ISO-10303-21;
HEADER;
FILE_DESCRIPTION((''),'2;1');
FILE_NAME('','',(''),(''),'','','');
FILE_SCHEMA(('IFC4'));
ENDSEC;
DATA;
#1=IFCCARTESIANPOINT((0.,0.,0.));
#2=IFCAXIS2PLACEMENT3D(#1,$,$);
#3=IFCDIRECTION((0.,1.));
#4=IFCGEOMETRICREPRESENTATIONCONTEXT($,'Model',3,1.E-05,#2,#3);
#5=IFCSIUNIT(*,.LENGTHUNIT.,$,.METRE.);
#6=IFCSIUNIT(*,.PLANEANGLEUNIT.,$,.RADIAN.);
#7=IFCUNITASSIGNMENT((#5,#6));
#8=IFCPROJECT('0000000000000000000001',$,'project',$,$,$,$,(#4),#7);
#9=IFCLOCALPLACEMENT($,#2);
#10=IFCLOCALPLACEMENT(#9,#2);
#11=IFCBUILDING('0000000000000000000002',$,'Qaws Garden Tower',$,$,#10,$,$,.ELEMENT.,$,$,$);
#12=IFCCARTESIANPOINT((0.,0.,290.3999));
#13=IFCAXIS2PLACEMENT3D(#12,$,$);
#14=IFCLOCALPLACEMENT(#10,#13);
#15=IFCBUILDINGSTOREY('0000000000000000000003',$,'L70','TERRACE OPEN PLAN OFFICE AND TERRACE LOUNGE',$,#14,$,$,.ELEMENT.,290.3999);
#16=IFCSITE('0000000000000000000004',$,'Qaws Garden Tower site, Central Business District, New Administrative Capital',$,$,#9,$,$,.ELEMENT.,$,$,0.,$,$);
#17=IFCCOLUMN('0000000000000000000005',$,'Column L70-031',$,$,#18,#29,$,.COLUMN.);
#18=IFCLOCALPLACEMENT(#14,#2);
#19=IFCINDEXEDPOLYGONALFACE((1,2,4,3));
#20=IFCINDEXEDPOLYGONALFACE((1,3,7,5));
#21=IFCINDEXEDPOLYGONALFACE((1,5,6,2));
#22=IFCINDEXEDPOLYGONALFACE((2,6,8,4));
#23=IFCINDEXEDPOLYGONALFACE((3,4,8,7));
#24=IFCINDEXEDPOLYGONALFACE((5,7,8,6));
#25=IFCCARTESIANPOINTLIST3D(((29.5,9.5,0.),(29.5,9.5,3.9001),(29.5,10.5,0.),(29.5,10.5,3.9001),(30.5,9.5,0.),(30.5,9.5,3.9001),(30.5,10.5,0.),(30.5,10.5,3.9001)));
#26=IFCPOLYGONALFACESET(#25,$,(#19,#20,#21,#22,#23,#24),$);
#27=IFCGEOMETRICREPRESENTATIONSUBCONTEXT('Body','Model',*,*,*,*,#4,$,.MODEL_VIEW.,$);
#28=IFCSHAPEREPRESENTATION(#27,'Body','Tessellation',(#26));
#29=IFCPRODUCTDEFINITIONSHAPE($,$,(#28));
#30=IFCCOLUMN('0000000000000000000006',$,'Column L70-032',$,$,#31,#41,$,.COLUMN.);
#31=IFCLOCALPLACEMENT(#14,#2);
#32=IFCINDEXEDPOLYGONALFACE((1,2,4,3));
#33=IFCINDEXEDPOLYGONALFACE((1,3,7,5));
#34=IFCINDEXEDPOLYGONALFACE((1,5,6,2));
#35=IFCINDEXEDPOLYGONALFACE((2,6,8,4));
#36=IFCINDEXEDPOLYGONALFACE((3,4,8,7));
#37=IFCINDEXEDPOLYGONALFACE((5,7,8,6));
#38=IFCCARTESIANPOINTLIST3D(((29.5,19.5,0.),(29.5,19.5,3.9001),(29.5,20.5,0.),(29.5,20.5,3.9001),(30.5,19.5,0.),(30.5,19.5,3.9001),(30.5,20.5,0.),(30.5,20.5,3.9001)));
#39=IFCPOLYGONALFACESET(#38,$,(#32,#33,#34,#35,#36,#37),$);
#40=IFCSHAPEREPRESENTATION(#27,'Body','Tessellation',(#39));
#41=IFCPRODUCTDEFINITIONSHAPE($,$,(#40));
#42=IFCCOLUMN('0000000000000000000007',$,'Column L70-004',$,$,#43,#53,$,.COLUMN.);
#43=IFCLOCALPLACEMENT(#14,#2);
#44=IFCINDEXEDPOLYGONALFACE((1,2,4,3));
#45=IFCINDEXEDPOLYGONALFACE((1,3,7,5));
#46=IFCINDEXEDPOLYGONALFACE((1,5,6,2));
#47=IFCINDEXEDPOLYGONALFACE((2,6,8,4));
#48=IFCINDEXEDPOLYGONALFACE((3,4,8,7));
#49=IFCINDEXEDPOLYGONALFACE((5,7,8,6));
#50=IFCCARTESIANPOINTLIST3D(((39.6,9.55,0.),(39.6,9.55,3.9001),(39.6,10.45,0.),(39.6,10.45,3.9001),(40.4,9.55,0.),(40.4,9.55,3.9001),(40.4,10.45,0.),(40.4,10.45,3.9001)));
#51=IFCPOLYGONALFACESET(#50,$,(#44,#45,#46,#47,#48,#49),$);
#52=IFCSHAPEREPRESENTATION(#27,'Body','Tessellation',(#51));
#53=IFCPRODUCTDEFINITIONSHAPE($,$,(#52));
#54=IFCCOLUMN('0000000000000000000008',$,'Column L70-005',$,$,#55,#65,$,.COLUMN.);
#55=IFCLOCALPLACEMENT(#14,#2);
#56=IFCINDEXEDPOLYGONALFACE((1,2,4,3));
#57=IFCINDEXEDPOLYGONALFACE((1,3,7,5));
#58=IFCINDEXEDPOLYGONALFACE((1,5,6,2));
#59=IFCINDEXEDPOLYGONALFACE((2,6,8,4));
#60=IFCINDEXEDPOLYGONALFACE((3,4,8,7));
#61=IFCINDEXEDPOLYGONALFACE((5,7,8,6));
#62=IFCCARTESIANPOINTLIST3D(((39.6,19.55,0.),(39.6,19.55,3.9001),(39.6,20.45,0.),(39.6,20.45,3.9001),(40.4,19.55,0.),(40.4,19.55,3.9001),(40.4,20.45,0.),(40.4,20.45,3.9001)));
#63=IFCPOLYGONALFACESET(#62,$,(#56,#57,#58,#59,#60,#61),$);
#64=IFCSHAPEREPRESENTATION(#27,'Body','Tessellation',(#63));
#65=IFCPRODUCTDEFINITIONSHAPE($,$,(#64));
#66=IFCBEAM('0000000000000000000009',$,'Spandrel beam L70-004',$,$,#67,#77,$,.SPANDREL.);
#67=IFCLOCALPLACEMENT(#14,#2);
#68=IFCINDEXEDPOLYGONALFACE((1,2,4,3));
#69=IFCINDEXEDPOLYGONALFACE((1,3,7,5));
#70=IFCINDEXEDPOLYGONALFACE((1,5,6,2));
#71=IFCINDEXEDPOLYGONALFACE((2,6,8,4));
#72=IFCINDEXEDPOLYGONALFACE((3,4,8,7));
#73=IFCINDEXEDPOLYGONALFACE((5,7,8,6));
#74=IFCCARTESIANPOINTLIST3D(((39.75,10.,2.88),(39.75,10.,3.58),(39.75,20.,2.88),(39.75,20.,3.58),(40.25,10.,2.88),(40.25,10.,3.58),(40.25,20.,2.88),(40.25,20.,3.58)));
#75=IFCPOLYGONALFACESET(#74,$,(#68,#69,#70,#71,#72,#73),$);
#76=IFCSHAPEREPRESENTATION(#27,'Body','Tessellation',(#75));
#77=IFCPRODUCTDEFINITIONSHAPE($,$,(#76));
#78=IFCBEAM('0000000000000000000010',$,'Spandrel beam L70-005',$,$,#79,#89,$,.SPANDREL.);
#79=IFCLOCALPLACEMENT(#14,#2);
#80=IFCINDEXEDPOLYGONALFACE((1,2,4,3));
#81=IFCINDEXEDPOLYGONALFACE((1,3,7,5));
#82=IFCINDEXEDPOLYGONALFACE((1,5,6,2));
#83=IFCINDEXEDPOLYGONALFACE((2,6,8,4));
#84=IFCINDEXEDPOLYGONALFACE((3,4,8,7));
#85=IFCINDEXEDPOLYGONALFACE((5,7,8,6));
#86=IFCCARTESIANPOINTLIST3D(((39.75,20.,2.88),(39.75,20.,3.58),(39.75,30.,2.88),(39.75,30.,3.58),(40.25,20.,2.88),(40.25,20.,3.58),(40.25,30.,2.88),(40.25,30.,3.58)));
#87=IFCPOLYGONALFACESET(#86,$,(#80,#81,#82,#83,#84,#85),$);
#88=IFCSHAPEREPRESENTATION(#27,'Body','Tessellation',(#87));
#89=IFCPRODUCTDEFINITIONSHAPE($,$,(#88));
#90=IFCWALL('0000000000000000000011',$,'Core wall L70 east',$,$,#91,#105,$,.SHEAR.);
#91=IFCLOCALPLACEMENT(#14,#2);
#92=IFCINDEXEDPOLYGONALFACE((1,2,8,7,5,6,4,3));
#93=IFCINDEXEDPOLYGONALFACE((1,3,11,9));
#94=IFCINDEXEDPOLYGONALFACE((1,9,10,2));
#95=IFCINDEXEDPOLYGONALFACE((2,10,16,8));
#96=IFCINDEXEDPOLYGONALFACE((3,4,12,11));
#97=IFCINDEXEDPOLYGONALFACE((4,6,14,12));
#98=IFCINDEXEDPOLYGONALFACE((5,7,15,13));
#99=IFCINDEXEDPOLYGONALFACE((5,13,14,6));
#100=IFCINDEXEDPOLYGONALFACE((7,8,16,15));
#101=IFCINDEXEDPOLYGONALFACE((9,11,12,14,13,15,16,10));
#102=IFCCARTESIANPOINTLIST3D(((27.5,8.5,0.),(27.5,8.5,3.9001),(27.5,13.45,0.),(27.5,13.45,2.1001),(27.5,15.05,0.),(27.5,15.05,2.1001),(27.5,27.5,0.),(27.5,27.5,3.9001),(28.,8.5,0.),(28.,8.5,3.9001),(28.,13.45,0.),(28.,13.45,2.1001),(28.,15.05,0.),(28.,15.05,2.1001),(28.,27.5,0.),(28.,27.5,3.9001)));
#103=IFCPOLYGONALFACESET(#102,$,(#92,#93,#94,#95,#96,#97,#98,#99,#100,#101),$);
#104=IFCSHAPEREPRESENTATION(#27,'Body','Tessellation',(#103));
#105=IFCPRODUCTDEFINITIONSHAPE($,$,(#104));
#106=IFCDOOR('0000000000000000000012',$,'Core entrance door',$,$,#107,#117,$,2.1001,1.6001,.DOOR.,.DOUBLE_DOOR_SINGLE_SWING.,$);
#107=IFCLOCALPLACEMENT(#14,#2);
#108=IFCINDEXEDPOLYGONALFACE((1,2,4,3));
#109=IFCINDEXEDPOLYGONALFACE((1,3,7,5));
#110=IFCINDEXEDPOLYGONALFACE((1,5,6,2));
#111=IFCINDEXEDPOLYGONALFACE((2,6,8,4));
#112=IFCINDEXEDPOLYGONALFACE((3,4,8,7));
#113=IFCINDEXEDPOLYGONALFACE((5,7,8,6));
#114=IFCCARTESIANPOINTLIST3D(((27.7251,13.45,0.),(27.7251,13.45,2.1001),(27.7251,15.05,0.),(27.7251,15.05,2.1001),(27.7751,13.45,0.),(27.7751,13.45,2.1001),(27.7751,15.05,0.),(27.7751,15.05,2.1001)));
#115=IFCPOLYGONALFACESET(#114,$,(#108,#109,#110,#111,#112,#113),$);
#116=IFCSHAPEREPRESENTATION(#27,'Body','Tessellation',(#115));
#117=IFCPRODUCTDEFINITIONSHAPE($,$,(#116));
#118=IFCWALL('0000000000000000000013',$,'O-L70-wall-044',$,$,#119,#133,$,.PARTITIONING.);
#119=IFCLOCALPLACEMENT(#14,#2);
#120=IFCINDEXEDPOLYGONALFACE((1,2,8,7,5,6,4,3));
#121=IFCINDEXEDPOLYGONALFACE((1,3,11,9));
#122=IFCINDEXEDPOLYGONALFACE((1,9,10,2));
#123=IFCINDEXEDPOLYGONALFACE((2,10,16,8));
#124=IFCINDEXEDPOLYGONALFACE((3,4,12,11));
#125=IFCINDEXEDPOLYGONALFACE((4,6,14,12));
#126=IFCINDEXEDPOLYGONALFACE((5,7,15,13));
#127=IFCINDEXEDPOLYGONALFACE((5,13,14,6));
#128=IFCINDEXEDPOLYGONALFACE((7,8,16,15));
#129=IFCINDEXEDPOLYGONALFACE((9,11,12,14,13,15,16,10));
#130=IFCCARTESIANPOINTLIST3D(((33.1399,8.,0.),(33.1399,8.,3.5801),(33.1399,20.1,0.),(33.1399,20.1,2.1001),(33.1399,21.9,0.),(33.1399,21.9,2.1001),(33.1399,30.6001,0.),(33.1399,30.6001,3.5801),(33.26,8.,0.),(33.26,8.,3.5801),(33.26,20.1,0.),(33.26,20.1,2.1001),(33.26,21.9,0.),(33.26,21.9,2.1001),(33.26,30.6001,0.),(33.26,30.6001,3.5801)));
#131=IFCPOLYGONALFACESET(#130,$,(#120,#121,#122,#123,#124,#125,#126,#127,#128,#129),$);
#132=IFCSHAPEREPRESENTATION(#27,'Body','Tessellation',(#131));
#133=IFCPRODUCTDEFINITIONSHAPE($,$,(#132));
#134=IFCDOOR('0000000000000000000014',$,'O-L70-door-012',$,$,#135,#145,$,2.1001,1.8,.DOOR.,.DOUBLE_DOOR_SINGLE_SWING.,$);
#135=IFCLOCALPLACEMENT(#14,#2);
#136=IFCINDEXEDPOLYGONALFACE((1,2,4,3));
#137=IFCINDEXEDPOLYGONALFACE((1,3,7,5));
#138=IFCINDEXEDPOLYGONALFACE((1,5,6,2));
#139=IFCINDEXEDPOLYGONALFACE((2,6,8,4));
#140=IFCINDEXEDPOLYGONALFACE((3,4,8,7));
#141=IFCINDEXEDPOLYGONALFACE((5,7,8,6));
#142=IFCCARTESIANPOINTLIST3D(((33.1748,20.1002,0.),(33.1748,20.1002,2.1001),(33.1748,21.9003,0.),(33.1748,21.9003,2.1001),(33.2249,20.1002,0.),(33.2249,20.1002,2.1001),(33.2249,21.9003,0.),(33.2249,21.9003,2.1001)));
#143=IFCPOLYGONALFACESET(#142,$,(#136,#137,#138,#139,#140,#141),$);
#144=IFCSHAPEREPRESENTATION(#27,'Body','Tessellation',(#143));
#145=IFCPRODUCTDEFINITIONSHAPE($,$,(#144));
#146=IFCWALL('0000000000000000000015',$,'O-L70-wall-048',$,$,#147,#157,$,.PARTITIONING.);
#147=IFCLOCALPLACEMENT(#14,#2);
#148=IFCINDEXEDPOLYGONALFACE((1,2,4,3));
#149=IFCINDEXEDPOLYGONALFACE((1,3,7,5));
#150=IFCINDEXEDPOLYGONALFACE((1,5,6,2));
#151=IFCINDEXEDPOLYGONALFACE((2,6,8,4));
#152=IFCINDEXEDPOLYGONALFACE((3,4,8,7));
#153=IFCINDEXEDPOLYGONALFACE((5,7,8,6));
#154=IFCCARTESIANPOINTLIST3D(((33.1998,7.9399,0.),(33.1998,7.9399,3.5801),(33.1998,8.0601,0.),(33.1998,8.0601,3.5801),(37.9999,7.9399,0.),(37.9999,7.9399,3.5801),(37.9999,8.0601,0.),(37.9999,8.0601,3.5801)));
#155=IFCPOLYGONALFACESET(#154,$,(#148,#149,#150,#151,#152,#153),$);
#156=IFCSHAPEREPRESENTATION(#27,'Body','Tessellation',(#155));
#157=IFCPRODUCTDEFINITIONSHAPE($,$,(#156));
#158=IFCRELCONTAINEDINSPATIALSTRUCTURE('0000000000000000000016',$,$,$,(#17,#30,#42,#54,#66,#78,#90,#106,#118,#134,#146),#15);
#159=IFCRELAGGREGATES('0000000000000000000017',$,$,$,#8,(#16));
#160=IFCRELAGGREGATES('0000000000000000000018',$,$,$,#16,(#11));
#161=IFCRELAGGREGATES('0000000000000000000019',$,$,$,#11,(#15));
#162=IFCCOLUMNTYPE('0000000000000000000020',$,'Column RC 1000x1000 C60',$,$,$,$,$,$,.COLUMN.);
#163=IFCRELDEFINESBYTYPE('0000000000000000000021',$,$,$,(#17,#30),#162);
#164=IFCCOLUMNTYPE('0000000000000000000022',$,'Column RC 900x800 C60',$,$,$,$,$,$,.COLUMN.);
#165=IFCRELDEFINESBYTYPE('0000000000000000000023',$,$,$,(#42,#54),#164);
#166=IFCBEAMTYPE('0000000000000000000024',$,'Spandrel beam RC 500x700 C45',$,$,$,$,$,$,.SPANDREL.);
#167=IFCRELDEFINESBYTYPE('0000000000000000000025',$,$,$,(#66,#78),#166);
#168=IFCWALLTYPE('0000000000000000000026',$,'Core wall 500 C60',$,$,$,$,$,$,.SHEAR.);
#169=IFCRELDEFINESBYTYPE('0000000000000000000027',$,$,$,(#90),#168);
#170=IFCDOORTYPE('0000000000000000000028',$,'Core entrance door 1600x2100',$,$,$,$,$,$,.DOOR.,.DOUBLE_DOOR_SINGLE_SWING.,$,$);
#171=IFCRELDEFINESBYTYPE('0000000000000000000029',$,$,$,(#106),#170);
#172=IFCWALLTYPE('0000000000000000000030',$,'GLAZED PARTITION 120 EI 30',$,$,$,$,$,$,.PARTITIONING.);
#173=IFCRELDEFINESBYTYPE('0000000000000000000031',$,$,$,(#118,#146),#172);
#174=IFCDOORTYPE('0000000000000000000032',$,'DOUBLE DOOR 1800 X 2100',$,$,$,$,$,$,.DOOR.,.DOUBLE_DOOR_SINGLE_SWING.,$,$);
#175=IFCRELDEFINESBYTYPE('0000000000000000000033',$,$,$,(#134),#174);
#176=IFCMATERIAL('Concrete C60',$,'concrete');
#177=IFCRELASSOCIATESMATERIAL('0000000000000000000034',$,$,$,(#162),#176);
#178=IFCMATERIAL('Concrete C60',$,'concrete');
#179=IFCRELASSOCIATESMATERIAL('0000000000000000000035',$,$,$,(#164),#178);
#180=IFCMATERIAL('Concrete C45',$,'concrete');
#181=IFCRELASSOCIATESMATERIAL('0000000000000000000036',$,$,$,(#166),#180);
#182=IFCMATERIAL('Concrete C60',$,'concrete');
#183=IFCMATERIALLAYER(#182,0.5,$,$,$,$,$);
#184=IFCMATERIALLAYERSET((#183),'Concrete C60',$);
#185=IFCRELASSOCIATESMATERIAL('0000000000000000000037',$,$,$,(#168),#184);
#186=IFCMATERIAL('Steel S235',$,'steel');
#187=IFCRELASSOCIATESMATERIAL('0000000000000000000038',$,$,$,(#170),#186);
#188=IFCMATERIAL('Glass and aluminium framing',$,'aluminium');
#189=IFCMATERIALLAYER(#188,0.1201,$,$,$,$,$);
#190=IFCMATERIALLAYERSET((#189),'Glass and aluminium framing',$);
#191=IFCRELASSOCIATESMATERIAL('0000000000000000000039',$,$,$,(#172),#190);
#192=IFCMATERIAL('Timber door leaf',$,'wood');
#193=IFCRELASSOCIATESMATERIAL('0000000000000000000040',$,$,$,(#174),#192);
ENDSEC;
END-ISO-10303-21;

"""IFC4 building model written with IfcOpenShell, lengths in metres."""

from ifc_helpers import new_model, si_unit, direction, frame, frame_2d, origin, origin_2d, place, context, subcontext, project, spatial, rectangle, extrude, material, layer, layer_set, material_profile, profile_set, type_object, element, fill, save


model = new_model("IFC4")

# Units and contexts
model_context = context("Model", 3, precision=1e-05, world=origin(), true_north=direction((0.0, 1.0)))
body_context = subcontext(model_context, "Body", "Model", "MODEL_VIEW")
ifc_project = project(units=[si_unit("LENGTHUNIT", "METRE"), si_unit("PLANEANGLEUNIT", "RADIAN")], contexts=[model_context])

# Site, building, storey
site_placement = place(None, origin())
site = spatial("IfcSite", under=ifc_project, at=site_placement, Name="Qaws Garden Tower site, Central Business District, New Administrative Capital", CompositionType="ELEMENT", RefElevation=0.0)
building_placement = place(site_placement, origin())
building = spatial("IfcBuilding", under=site, at=building_placement, Name="Qaws Garden Tower", CompositionType="ELEMENT")
storey_placement = place(building_placement, frame((0.0, 0.0, 290.3999)))
storey = spatial("IfcBuildingStorey", under=building, at=storey_placement, Name="L70", Description="TERRACE OPEN PLAN OFFICE AND TERRACE LOUNGE", CompositionType="ELEMENT", Elevation=290.3999)

# Columns
ifc_material_1 = material(Name="Concrete C60", Category="concrete")
ifc_material_profile_1 = material_profile(ifc_material_1, rectangle(XDim=1.0, YDim=1.0, at=origin_2d()), Name="RC 1000x1000")
ifc_profile_set_1 = profile_set([ifc_material_profile_1], Name="Concrete C60")
column_type_1 = type_object("IfcColumnType", Name="Column RC 1000x1000 C60", PredefinedType="COLUMN", material=ifc_profile_set_1)
for number, where, z_axis, x_axis, name in (
    (1, (30.0, 10.0, 0.0), (0.0, 0.0, 1.0), (1.0, 0.0, 0.0), "Column L70-031"),
    (2, (30.0, 20.0, 0.0), (0.0, 0.0, 1.0), (1.0, 0.0, 0.0), "Column L70-032"),
):
    element("IfcColumn", number, at=place(storey_placement, frame(where, z_axis=z_axis, x_axis=x_axis)), inside=storey, type_object=column_type_1, Name=name, PredefinedType="COLUMN", context=body_context, shape_type="SweptSolid", body=[
        extrude(rectangle(XDim=1.0, YDim=1.0, at=origin_2d()), origin(), (0.0, 0.0, 1.0), 3.9001),
    ])
ifc_material_2 = material(Name="Concrete C60", Category="concrete")
ifc_material_profile_2 = material_profile(ifc_material_2, rectangle(XDim=0.8999, YDim=0.8, at=origin_2d()), Name="RC 900x800")
ifc_profile_set_2 = profile_set([ifc_material_profile_2], Name="Concrete C60")
column_type_2 = type_object("IfcColumnType", Name="Column RC 900x800 C60", PredefinedType="COLUMN", material=ifc_profile_set_2)
for number, where, z_axis, x_axis, name in (
    (3, (40.0, 10.0, 0.0), (0.0, 0.0, 1.0), (0.0, 1.0, 0.0), "Column L70-004"),
    (4, (40.0, 20.0, 0.0), (0.0, 0.0, 1.0), (0.0, 1.0, 0.0), "Column L70-005"),
):
    element("IfcColumn", number, at=place(storey_placement, frame(where, z_axis=z_axis, x_axis=x_axis)), inside=storey, type_object=column_type_2, Name=name, PredefinedType="COLUMN", context=body_context, shape_type="SweptSolid", body=[
        extrude(rectangle(XDim=0.8999, YDim=0.8, at=origin_2d()), origin(), (0.0, 0.0, 1.0), 3.9001),
    ])

# Beams
ifc_material_3 = material(Name="Concrete C45", Category="concrete")
ifc_material_profile_3 = material_profile(ifc_material_3, rectangle(XDim=0.5, YDim=0.7, at=origin_2d()), Name="RC 500x700")
ifc_profile_set_3 = profile_set([ifc_material_profile_3], Name="Concrete C45")
beam_type = type_object("IfcBeamType", Name="Spandrel beam RC 500x700 C45", PredefinedType="SPANDREL", material=ifc_profile_set_3)
for number, where, z_axis, x_axis, name in (
    (5, (40.0, 10.0, 3.23), (0.0, 1.0, 0.0), (-1.0, 0.0, 0.0), "Spandrel beam L70-004"),
    (6, (40.0, 20.0, 3.23), (0.0, 1.0, 0.0), (-1.0, 0.0, 0.0), "Spandrel beam L70-005"),
):
    element("IfcBeam", number, at=place(storey_placement, frame(where, z_axis=z_axis, x_axis=x_axis)), inside=storey, type_object=beam_type, Name=name, PredefinedType="SPANDREL", context=body_context, shape_type="SweptSolid", body=[
        extrude(rectangle(XDim=0.5, YDim=0.7, at=origin_2d()), origin(), (0.0, 0.0, 1.0), 10.0),
    ])

# Walls, openings, doors
ifc_material_4 = material(Name="Concrete C60", Category="concrete")
ifc_layer_1 = layer(ifc_material_4, 0.5)
ifc_layer_set_1 = layer_set([ifc_layer_1], Name="Concrete C60")
wall_type_1 = type_object("IfcWallType", Name="Core wall 500 C60", PredefinedType="SHEAR", material=ifc_layer_set_1)
wall_1_placement = place(storey_placement, frame((27.75, 8.5, 0.0), z_axis=(0.0, 0.0, 1.0), x_axis=(0.0, 1.0, 0.0)))
wall_1 = element("IfcWall", 7, at=wall_1_placement, inside=storey, type_object=wall_type_1, Name="Core wall L70 east", PredefinedType="SHEAR", context=body_context, shape_type="SweptSolid", body=[
    extrude(rectangle(XDim=19.0, YDim=0.5, at=frame_2d((9.5, 0.0))), origin(), (0.0, 0.0, 1.0), 3.9001),
])
opening_1_placement = place(wall_1_placement, frame((4.95, 0.0, 0.0)))
opening_1 = element("IfcOpeningElement", 8, at=opening_1_placement, cuts=wall_1, PredefinedType="OPENING", context=body_context, shape_type="SweptSolid", body=[
    extrude(rectangle(XDim=1.6001, YDim=2.1001, at=frame_2d((0.8, 1.05))), frame((0.0, 0.26, 0.0), z_axis=(0.0, -1.0, 0.0), x_axis=(1.0, 0.0, 0.0)), (0.0, 0.0, 1.0), 0.52),
])
ifc_material_5 = material(Name="Steel S235", Category="steel")
door_type_1 = type_object("IfcDoorType", Name="Core entrance door 1600x2100", OperationType="DOUBLE_DOOR_SINGLE_SWING", PredefinedType="DOOR", material=ifc_material_5)
door_1_placement = place(opening_1_placement, origin())
door_1 = element("IfcDoor", 9, at=door_1_placement, inside=storey, type_object=door_type_1, Name="Core entrance door", OperationType="DOUBLE_DOOR_SINGLE_SWING", OverallHeight=2.1001, OverallWidth=1.6001, PredefinedType="DOOR", context=body_context, shape_type="SweptSolid", body=[
    extrude(rectangle(XDim=1.6001, YDim=2.1001, at=frame_2d((0.8, 1.05))), frame((0.0, 0.0249, 0.0), z_axis=(0.0, -1.0, 0.0), x_axis=(1.0, 0.0, 0.0)), (0.0, 0.0, 1.0), 0.05),
])
fill(opening_1, door_1)
ifc_material_6 = material(Name="Glass and aluminium framing", Category="aluminium")
ifc_layer_2 = layer(ifc_material_6, 0.1201)
ifc_layer_set_2 = layer_set([ifc_layer_2], Name="Glass and aluminium framing")
wall_type_2 = type_object("IfcWallType", Name="GLAZED PARTITION 120 EI 30", PredefinedType="PARTITIONING", material=ifc_layer_set_2)
wall_2_placement = place(storey_placement, frame((33.2, 8.0, 0.0), z_axis=(0.0, 0.0, 1.0), x_axis=(0.0, 1.0, 0.0)))
wall_2 = element("IfcWall", 10, at=wall_2_placement, inside=storey, type_object=wall_type_2, Name="O-L70-wall-044", PredefinedType="PARTITIONING", context=body_context, shape_type="SweptSolid", body=[
    extrude(rectangle(XDim=22.6001, YDim=0.1201, at=frame_2d((11.3, 0.0))), origin(), (0.0, 0.0, 1.0), 3.5801),
])
opening_2_placement = place(wall_2_placement, frame((12.1001, 0.0, 0.0)))
opening_2 = element("IfcOpeningElement", 11, at=opening_2_placement, cuts=wall_2, PredefinedType="OPENING", context=body_context, shape_type="SweptSolid", body=[
    extrude(rectangle(XDim=1.8, YDim=2.1001, at=frame_2d((0.8999, 1.05))), frame((0.0, 0.0701, 0.0), z_axis=(0.0, -1.0, 0.0), x_axis=(1.0, 0.0, 0.0)), (0.0, 0.0, 1.0), 0.1401),
])
ifc_material_7 = material(Name="Timber door leaf", Category="wood")
door_type_2 = type_object("IfcDoorType", Name="DOUBLE DOOR 1800 X 2100", OperationType="DOUBLE_DOOR_SINGLE_SWING", PredefinedType="DOOR", material=ifc_material_7)
door_2_placement = place(opening_2_placement, frame((1.8, 0.0, 0.0), z_axis=(0.0, 0.0, 1.0), x_axis=(-1.0, 0.0, 0.0)))
door_2 = element("IfcDoor", 12, at=door_2_placement, inside=storey, type_object=door_type_2, Name="O-L70-door-012", OperationType="DOUBLE_DOOR_SINGLE_SWING", OverallHeight=2.1001, OverallWidth=1.8, PredefinedType="DOOR", context=body_context, shape_type="SweptSolid", body=[
    extrude(rectangle(XDim=1.8, YDim=2.1001, at=frame_2d((0.8999, 1.05))), frame((0.0, 0.0249, 0.0), z_axis=(0.0, -1.0, 0.0), x_axis=(1.0, 0.0, 0.0)), (0.0, 0.0, 1.0), 0.05),
])
fill(opening_2, door_2)

# Wall
wall_3_placement = place(storey_placement, frame((33.2, 8.0, 0.0), z_axis=(0.0, 0.0, 1.0), x_axis=(1.0, 0.0, 0.0)))
element("IfcWall", 13, at=wall_3_placement, inside=storey, type_object=wall_type_2, Name="O-L70-wall-048", PredefinedType="PARTITIONING", context=body_context, shape_type="SweptSolid", body=[
    extrude(rectangle(XDim=4.8, YDim=0.1201, at=frame_2d((2.3999, 0.0))), origin(), (0.0, 0.0, 1.0), 3.5801),
])

save(model, "model.ifc")
